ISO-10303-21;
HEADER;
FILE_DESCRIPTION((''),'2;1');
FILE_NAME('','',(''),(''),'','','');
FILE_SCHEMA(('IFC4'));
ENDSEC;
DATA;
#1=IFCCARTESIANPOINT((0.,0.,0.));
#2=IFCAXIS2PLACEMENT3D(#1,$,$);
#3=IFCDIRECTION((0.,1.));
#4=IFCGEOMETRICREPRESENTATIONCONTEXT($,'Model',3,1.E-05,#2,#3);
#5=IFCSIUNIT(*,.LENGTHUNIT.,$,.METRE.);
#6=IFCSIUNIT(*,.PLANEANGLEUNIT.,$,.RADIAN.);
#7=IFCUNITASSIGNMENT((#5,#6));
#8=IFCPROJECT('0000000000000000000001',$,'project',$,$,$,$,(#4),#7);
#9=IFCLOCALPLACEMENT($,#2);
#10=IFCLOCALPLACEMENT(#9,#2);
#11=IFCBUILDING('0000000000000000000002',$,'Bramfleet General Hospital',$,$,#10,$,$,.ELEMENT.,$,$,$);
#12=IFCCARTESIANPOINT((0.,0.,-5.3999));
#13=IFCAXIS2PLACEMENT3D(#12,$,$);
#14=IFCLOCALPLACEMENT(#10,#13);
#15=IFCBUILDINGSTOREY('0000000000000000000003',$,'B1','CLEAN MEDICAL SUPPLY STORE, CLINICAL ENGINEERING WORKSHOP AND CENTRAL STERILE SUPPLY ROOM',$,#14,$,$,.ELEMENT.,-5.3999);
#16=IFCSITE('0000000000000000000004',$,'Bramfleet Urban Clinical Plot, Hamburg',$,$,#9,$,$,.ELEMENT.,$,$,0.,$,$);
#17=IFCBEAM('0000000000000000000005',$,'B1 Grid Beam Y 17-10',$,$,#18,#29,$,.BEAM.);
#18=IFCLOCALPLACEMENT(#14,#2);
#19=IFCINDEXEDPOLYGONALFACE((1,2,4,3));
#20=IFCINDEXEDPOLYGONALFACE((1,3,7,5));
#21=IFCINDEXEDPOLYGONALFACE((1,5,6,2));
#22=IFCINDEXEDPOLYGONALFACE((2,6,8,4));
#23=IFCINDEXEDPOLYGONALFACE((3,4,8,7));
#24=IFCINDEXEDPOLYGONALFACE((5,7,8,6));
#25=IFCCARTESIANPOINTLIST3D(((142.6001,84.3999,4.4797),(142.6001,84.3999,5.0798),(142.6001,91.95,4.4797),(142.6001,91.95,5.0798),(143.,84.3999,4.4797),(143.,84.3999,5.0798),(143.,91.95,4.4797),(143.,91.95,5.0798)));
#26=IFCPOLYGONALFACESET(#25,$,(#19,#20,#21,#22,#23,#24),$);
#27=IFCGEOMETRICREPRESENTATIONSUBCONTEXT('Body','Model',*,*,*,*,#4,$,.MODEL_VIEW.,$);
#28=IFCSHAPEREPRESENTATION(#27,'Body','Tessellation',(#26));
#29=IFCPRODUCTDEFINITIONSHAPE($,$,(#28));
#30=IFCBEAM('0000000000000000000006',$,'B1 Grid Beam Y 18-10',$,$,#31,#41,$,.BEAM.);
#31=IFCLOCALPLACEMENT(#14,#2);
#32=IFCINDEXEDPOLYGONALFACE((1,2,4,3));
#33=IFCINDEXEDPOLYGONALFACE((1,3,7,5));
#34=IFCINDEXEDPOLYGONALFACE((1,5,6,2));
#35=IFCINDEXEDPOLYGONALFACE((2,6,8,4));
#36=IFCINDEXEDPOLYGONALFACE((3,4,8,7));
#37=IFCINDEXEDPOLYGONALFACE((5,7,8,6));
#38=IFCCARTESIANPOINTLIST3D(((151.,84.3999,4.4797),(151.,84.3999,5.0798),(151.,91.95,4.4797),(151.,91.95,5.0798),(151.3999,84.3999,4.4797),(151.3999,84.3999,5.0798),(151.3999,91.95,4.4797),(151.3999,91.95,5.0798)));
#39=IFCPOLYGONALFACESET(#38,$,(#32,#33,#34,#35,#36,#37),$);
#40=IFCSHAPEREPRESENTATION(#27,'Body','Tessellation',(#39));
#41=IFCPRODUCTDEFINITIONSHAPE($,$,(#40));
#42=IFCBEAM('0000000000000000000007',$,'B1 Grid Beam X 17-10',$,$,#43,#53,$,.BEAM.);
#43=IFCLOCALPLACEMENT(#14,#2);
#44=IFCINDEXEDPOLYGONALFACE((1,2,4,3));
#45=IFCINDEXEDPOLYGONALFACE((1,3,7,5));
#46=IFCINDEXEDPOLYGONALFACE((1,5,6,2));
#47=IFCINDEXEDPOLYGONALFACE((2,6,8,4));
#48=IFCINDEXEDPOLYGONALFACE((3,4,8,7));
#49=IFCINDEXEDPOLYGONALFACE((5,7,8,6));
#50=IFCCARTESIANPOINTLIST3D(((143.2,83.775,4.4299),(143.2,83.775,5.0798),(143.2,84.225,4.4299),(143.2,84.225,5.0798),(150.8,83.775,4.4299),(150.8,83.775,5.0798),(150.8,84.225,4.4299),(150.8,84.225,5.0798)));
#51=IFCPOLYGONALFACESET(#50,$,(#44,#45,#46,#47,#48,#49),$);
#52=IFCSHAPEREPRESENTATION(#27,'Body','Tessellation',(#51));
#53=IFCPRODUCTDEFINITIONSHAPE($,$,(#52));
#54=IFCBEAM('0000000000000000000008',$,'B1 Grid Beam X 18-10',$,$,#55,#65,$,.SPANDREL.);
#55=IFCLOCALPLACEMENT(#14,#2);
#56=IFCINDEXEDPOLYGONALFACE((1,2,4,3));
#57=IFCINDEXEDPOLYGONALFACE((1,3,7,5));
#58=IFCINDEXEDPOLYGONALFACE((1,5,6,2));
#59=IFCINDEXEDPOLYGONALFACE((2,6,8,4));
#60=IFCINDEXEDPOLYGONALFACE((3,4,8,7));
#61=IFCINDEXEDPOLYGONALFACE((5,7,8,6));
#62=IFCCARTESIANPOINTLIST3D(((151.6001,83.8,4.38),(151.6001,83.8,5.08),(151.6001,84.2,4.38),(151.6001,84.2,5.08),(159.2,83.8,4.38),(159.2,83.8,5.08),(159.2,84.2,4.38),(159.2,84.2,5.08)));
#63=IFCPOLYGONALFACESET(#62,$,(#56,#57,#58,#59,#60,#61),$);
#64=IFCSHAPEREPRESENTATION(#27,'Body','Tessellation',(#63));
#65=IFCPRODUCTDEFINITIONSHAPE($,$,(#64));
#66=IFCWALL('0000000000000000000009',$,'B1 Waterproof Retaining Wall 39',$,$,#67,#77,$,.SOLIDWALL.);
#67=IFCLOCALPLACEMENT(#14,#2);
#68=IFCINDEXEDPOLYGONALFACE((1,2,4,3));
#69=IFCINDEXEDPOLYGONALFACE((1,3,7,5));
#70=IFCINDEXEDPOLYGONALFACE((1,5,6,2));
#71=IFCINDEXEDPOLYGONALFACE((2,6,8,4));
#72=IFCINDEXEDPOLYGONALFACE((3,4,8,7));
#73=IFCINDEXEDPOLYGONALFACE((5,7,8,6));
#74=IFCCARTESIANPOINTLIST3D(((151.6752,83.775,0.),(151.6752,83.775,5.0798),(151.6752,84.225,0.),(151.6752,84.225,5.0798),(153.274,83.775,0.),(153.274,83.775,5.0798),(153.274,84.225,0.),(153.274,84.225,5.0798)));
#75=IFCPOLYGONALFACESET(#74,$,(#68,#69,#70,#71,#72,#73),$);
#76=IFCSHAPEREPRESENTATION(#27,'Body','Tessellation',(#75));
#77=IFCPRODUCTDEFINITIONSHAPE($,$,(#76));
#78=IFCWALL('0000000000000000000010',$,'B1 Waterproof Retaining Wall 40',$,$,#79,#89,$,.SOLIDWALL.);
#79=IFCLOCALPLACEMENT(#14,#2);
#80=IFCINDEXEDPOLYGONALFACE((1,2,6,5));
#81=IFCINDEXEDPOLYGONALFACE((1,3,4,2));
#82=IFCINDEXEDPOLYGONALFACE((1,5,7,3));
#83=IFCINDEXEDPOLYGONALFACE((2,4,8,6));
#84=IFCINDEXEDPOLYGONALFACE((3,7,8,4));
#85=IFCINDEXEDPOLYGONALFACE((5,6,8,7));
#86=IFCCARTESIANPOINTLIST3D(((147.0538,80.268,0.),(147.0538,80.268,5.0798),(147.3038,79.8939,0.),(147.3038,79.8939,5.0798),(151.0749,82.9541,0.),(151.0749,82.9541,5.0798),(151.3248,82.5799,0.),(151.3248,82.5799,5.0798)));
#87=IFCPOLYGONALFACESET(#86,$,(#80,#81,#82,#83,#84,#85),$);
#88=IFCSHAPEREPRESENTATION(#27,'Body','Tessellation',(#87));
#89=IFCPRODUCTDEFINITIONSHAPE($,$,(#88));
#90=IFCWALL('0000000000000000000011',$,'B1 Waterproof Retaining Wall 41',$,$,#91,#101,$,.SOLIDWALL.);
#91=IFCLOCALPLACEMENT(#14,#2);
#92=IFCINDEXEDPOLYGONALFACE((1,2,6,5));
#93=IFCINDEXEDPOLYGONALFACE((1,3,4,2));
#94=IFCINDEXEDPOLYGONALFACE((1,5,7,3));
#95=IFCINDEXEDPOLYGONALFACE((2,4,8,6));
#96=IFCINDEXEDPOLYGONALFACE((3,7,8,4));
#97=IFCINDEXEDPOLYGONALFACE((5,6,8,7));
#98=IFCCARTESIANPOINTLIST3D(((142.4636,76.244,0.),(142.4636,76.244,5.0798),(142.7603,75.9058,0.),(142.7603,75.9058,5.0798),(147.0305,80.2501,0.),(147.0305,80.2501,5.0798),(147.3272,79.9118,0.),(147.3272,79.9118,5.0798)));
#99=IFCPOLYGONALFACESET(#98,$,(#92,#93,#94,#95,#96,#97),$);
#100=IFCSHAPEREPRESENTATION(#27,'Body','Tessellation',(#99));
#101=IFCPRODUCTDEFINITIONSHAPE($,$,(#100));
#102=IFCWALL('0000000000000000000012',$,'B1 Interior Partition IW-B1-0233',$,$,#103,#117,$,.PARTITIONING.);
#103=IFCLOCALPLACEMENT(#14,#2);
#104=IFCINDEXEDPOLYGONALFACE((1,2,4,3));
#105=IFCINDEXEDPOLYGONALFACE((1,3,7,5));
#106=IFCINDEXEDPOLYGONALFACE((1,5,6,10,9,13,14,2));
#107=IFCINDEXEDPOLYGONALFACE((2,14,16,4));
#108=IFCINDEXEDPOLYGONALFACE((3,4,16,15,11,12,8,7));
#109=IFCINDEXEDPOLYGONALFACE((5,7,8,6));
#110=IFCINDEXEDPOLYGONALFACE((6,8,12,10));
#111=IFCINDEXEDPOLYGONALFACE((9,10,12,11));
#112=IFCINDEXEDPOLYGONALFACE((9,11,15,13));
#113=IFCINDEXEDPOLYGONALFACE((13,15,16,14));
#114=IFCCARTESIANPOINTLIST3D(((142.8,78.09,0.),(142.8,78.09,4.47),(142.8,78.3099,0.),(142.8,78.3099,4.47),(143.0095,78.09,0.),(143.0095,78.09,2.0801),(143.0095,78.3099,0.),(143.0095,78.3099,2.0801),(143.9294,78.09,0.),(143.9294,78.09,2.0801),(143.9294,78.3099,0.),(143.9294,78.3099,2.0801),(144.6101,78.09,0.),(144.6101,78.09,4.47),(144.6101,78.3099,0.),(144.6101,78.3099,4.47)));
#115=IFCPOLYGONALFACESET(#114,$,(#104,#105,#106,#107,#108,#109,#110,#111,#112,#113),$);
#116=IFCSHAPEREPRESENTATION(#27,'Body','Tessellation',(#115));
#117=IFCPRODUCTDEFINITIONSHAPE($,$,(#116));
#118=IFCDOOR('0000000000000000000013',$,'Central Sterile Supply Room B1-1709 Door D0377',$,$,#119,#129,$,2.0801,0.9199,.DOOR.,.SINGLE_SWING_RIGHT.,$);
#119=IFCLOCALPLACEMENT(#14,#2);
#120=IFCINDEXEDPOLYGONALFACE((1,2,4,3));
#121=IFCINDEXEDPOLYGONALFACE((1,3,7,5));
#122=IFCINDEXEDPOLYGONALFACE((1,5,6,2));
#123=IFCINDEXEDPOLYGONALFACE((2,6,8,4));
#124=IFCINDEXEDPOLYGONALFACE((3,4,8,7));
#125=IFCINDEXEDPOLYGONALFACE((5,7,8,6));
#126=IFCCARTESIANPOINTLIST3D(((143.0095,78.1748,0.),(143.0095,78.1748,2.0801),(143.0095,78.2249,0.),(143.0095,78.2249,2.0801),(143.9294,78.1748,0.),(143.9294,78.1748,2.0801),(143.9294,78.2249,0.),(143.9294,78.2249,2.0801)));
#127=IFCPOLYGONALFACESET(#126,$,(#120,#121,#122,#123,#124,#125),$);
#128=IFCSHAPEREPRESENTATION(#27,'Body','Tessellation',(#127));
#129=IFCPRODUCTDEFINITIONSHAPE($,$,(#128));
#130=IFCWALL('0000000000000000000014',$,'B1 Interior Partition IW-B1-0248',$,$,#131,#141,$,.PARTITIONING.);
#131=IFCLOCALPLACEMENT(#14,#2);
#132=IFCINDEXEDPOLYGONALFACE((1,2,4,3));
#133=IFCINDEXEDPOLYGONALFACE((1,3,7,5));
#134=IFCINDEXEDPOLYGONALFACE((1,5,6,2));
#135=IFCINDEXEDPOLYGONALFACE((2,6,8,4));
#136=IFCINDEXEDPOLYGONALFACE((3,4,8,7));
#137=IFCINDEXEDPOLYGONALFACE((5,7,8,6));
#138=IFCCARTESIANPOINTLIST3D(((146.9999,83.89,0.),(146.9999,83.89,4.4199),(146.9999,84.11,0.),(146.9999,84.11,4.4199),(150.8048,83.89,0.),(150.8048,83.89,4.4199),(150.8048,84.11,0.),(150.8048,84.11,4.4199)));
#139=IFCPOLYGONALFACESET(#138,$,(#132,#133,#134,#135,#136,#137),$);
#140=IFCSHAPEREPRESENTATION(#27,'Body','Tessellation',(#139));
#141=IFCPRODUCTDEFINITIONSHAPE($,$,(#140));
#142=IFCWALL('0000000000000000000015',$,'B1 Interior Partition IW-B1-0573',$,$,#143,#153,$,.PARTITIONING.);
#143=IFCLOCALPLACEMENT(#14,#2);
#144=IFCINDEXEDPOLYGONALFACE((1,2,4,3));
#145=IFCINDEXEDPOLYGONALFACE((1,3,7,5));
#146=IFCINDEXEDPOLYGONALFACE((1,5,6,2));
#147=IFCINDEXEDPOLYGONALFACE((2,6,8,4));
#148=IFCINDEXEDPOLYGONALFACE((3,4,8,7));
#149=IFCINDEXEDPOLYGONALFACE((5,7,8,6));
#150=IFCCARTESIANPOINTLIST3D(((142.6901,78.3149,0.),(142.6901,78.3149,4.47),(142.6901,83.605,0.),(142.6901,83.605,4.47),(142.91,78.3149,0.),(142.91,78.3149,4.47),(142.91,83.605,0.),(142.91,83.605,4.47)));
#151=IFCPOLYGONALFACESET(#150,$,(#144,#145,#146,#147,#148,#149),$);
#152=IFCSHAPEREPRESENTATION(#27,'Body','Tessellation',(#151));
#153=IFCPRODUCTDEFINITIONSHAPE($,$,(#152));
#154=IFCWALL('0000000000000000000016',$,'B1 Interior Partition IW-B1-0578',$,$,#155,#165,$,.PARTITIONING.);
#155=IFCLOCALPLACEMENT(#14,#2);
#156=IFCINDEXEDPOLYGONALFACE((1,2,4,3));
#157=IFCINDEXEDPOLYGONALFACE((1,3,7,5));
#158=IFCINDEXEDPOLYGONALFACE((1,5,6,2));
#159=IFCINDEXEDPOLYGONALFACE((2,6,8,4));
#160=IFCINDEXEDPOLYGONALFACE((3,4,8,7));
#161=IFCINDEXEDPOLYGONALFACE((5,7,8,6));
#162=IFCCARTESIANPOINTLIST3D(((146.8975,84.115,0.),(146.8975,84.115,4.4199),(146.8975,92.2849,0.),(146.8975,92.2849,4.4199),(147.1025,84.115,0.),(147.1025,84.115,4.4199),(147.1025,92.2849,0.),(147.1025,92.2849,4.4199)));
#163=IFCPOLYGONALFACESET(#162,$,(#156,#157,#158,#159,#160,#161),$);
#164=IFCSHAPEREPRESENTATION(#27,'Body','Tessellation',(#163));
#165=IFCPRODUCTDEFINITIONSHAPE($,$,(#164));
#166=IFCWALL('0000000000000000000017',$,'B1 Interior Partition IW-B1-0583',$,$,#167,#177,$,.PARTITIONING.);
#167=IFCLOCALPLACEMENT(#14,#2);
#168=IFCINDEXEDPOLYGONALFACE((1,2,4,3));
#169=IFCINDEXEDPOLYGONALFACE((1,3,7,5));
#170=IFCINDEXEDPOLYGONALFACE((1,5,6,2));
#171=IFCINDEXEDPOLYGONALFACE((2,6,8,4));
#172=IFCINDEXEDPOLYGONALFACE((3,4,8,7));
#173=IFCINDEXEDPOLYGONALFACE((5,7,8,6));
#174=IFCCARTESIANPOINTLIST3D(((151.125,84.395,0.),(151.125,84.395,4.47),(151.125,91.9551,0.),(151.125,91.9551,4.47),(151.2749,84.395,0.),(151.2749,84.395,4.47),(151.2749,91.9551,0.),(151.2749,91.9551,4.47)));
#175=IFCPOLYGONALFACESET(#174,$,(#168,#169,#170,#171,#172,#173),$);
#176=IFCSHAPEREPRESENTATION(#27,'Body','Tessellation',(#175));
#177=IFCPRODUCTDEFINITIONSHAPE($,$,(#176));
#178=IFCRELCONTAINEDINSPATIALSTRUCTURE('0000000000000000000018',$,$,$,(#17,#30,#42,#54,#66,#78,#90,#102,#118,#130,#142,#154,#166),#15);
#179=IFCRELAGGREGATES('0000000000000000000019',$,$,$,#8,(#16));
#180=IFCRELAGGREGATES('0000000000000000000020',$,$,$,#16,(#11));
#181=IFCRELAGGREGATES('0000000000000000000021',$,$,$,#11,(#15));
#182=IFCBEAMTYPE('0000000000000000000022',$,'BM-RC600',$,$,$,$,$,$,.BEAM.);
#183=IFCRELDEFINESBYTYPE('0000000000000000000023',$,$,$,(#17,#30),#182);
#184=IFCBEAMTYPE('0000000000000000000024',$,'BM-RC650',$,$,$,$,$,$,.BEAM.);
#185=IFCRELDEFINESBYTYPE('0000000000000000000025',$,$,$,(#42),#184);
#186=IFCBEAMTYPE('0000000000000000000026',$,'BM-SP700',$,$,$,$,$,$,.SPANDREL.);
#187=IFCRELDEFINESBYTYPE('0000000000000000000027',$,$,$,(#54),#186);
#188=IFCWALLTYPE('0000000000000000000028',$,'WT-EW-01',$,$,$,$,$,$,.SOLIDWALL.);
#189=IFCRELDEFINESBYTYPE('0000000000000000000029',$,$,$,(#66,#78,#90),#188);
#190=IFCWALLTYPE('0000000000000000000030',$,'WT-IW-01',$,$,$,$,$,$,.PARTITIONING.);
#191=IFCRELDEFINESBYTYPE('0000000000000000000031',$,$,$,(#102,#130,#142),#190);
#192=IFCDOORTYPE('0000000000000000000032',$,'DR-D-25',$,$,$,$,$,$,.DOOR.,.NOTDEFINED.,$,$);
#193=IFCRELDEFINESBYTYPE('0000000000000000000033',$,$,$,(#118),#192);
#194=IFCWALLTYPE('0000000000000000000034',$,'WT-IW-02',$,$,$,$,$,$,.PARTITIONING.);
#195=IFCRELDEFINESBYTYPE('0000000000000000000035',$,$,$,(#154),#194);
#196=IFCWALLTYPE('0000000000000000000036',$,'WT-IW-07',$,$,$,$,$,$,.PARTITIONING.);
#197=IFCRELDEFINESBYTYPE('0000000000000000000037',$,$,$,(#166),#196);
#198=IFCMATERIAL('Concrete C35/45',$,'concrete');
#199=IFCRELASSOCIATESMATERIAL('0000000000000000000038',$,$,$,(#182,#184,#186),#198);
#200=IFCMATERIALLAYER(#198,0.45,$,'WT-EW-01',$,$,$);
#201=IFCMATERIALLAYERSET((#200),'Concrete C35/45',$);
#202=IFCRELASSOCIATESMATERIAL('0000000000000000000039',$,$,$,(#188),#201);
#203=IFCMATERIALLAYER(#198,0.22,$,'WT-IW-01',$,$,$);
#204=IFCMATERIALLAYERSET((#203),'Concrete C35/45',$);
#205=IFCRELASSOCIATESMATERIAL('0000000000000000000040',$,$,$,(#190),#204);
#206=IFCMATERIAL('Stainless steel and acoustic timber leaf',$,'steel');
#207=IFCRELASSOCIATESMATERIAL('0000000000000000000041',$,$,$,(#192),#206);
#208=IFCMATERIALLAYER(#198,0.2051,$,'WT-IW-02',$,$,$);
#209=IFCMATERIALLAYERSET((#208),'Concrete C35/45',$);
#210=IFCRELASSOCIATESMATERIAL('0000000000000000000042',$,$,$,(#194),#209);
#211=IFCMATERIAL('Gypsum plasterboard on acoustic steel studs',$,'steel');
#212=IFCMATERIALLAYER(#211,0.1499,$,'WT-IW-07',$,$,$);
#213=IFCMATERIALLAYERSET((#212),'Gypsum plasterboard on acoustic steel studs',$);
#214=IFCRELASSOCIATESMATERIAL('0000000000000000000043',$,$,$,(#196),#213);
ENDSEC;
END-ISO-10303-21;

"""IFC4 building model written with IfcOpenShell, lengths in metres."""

from ifc_helpers import new_model, si_unit, direction, frame, frame_2d, origin, origin_2d, place, context, subcontext, project, spatial, rectangle, extrude, material, layer, layer_set, material_profile, profile_set, type_object, element, fill, save


model = new_model("IFC4")

# Units and contexts
model_context = context("Model", 3, precision=1e-05, world=origin(), true_north=direction((0.0, 1.0)))
body_context = subcontext(model_context, "Body", "Model", "MODEL_VIEW")
ifc_project = project(units=[si_unit("LENGTHUNIT", "METRE"), si_unit("PLANEANGLEUNIT", "RADIAN")], contexts=[model_context])

# Site, building, storey
site_placement = place(None, origin())
site = spatial("IfcSite", under=ifc_project, at=site_placement, Name="Bramfleet Urban Clinical Plot, Hamburg", CompositionType="ELEMENT", RefElevation=0.0)
building_placement = place(site_placement, origin())
building = spatial("IfcBuilding", under=site, at=building_placement, Name="Bramfleet General Hospital", CompositionType="ELEMENT")
storey_placement = place(building_placement, frame((0.0, 0.0, -5.3999)))
storey = spatial("IfcBuildingStorey", under=building, at=storey_placement, Name="B1", Description="CLEAN MEDICAL SUPPLY STORE, CLINICAL ENGINEERING WORKSHOP AND CENTRAL STERILE SUPPLY ROOM", CompositionType="ELEMENT", Elevation=-5.3999)

# Shared definitions
ifc_material_1 = material(Name="Concrete C35/45", Category="concrete")

# Beams
ifc_material_profile_1 = material_profile(ifc_material_1, rectangle(XDim=0.3999, YDim=0.6001, at=origin_2d()), Name="RC BM 600x400")
ifc_profile_set_1 = profile_set([ifc_material_profile_1], Name="Concrete C35/45")
beam_type_1 = type_object("IfcBeamType", Name="BM-RC600", PredefinedType="BEAM", material=ifc_profile_set_1)
for number, where, z_axis, x_axis, name in (
    (1, (142.8, 84.3999, 4.7798), (0.0, 1.0, 0.0), (-1.0, 0.0, 0.0), "B1 Grid Beam Y 17-10"),
    (2, (151.2, 84.3999, 4.7798), (0.0, 1.0, 0.0), (-1.0, 0.0, 0.0), "B1 Grid Beam Y 18-10"),
):
    element("IfcBeam", number, at=place(storey_placement, frame(where, z_axis=z_axis, x_axis=x_axis)), inside=storey, type_object=beam_type_1, Name=name, PredefinedType="BEAM", context=body_context, shape_type="SweptSolid", body=[
        extrude(rectangle(XDim=0.3999, YDim=0.6001, at=origin_2d()), origin(), (0.0, 0.0, 1.0), 7.55),
    ])
ifc_material_profile_2 = material_profile(ifc_material_1, rectangle(XDim=0.45, YDim=0.6499, at=origin_2d()), Name="RC BM 650x450")
ifc_profile_set_2 = profile_set([ifc_material_profile_2], Name="Concrete C35/45")
beam_type_2 = type_object("IfcBeamType", Name="BM-RC650", PredefinedType="BEAM", material=ifc_profile_set_2)
beam_1_placement = place(storey_placement, frame((143.2, 84.0, 4.7549), z_axis=(1.0, 0.0, 0.0), x_axis=(0.0, 1.0, 0.0)))
element("IfcBeam", 3, at=beam_1_placement, inside=storey, type_object=beam_type_2, Name="B1 Grid Beam X 17-10", PredefinedType="BEAM", context=body_context, shape_type="SweptSolid", body=[
    extrude(rectangle(XDim=0.45, YDim=0.6499, at=origin_2d()), origin(), (0.0, 0.0, 1.0), 7.6001),
])
ifc_material_profile_3 = material_profile(ifc_material_1, rectangle(XDim=0.3999, YDim=0.7, at=origin_2d()), Name="RC SP 700x400")
ifc_profile_set_3 = profile_set([ifc_material_profile_3], Name="Concrete C35/45")
beam_type_3 = type_object("IfcBeamType", Name="BM-SP700", PredefinedType="SPANDREL", material=ifc_profile_set_3)
beam_2_placement = place(storey_placement, frame((151.6001, 84.0, 4.73), z_axis=(1.0, 0.0, 0.0), x_axis=(0.0, 1.0, 0.0)))
element("IfcBeam", 4, at=beam_2_placement, inside=storey, type_object=beam_type_3, Name="B1 Grid Beam X 18-10", PredefinedType="SPANDREL", context=body_context, shape_type="SweptSolid", body=[
    extrude(rectangle(XDim=0.3999, YDim=0.7, at=origin_2d()), origin(), (0.0, 0.0, 1.0), 7.5999),
])

# Walls
ifc_layer_1 = layer(ifc_material_1, 0.45, Name="WT-EW-01")
ifc_layer_set_1 = layer_set([ifc_layer_1], Name="Concrete C35/45")
wall_type_1 = type_object("IfcWallType", Name="WT-EW-01", PredefinedType="SOLIDWALL", material=ifc_layer_set_1)
wall_1_placement = place(storey_placement, frame((153.2739, 84.0, 0.0), z_axis=(0.0, 0.0, 1.0), x_axis=(-1.0, 0.0, 0.0)))
element("IfcWall", 5, at=wall_1_placement, inside=storey, type_object=wall_type_1, Name="B1 Waterproof Retaining Wall 39", PredefinedType="SOLIDWALL", context=body_context, shape_type="SweptSolid", body=[
    extrude(rectangle(XDim=1.5989, YDim=0.45, at=frame_2d((0.7993, 0.0))), origin(), (0.0, 0.0, 1.0), 5.0798),
])
wall_2_placement = place(storey_placement, frame((151.2, 82.7671, 0.0), z_axis=(0.0, 0.0, 1.0), x_axis=(-0.831537, -0.555469, 0.0)))
element("IfcWall", 6, at=wall_2_placement, inside=storey, type_object=wall_type_1, Name="B1 Waterproof Retaining Wall 40", PredefinedType="SOLIDWALL", context=body_context, shape_type="SweptSolid", body=[
    extrude(rectangle(XDim=4.8357, YDim=0.45, at=frame_2d((2.418, 0.0))), origin(), (0.0, 0.0, 1.0), 5.0798),
])
wall_3_placement = place(storey_placement, frame((147.179, 80.0811, 0.0), z_axis=(0.0, 0.0, 1.0), x_axis=(-0.751755, -0.659443, 0.0)))
element("IfcWall", 7, at=wall_3_placement, inside=storey, type_object=wall_type_1, Name="B1 Waterproof Retaining Wall 41", PredefinedType="SOLIDWALL", context=body_context, shape_type="SweptSolid", body=[
    extrude(rectangle(XDim=6.075, YDim=0.45, at=frame_2d((3.0376, 0.0))), origin(), (0.0, 0.0, 1.0), 5.0798),
])

# Wall, opening, door
ifc_layer_2 = layer(ifc_material_1, 0.22, Name="WT-IW-01")
ifc_layer_set_2 = layer_set([ifc_layer_2], Name="Concrete C35/45")
wall_type_2 = type_object("IfcWallType", Name="WT-IW-01", PredefinedType="PARTITIONING", material=ifc_layer_set_2)
wall_4_placement = place(storey_placement, frame((142.8, 78.2, 0.0), z_axis=(0.0, 0.0, 1.0), x_axis=(1.0, 0.0, 0.0)))
wall_4 = element("IfcWall", 8, at=wall_4_placement, inside=storey, type_object=wall_type_2, Name="B1 Interior Partition IW-B1-0233", PredefinedType="PARTITIONING", context=body_context, shape_type="SweptSolid", body=[
    extrude(rectangle(XDim=1.8101, YDim=0.22, at=frame_2d((0.905, 0.0))), origin(), (0.0, 0.0, 1.0), 4.47),
])
opening_placement = place(wall_4_placement, frame((0.2095, 0.0, 0.0)))
opening = element("IfcOpeningElement", 9, at=opening_placement, cuts=wall_4, PredefinedType="OPENING", context=body_context, shape_type="SweptSolid", body=[
    extrude(rectangle(XDim=0.9199, YDim=2.0801, at=frame_2d((0.46, 1.04))), frame((0.0, 0.1199, 0.0), z_axis=(0.0, -1.0, 0.0), x_axis=(1.0, 0.0, 0.0)), (0.0, 0.0, 1.0), 0.24),
])
ifc_material_2 = material(Name="Stainless steel and acoustic timber leaf", Category="steel")
door_type = type_object("IfcDoorType", Name="DR-D-25", OperationType="NOTDEFINED", PredefinedType="DOOR", material=ifc_material_2)
door_placement = place(opening_placement, origin())
door = element("IfcDoor", 10, at=door_placement, inside=storey, type_object=door_type, Name="Central Sterile Supply Room B1-1709 Door D0377", OperationType="SINGLE_SWING_RIGHT", OverallHeight=2.0801, OverallWidth=0.9199, PredefinedType="DOOR", context=body_context, shape_type="SweptSolid", body=[
    extrude(rectangle(XDim=0.9199, YDim=2.0801, at=frame_2d((0.46, 1.04))), frame((0.0, 0.0249, 0.0), z_axis=(0.0, -1.0, 0.0), x_axis=(1.0, 0.0, 0.0)), (0.0, 0.0, 1.0), 0.05),
])
fill(opening, door)

# Walls
for number, where, z_axis, x_axis, name in (
    (11, (147.0, 84.0, 0.0), (0.0, 0.0, 1.0), (1.0, 0.0, 0.0), "B1 Interior Partition IW-B1-0248"),
):
    element("IfcWall", number, at=place(storey_placement, frame(where, z_axis=z_axis, x_axis=x_axis)), inside=storey, type_object=wall_type_2, Name=name, PredefinedType="PARTITIONING", context=body_context, shape_type="SweptSolid", body=[
        extrude(rectangle(XDim=3.8049, YDim=0.22, at=frame_2d((1.9023, 0.0))), origin(), (0.0, 0.0, 1.0), 4.4199),
    ])
wall_5_placement = place(storey_placement, frame((142.8, 78.3149, 0.0), z_axis=(0.0, 0.0, 1.0), x_axis=(0.0, 1.0, 0.0)))
element("IfcWall", 12, at=wall_5_placement, inside=storey, type_object=wall_type_2, Name="B1 Interior Partition IW-B1-0573", PredefinedType="PARTITIONING", context=body_context, shape_type="SweptSolid", body=[
    extrude(rectangle(XDim=5.29, YDim=0.22, at=frame_2d((2.645, 0.0))), origin(), (0.0, 0.0, 1.0), 4.47),
])
ifc_layer_3 = layer(ifc_material_1, 0.2051, Name="WT-IW-02")
ifc_layer_set_3 = layer_set([ifc_layer_3], Name="Concrete C35/45")
wall_type_3 = type_object("IfcWallType", Name="WT-IW-02", PredefinedType="PARTITIONING", material=ifc_layer_set_3)
wall_6_placement = place(storey_placement, frame((147.0, 84.115, 0.0), z_axis=(0.0, 0.0, 1.0), x_axis=(0.0, 1.0, 0.0)))
element("IfcWall", 13, at=wall_6_placement, inside=storey, type_object=wall_type_3, Name="B1 Interior Partition IW-B1-0578", PredefinedType="PARTITIONING", context=body_context, shape_type="SweptSolid", body=[
    extrude(rectangle(XDim=8.1699, YDim=0.2051, at=frame_2d((4.085, 0.0))), origin(), (0.0, 0.0, 1.0), 4.4199),
])
ifc_material_3 = material(Name="Gypsum plasterboard on acoustic steel studs", Category="steel")
ifc_layer_4 = layer(ifc_material_3, 0.1499, Name="WT-IW-07")
ifc_layer_set_4 = layer_set([ifc_layer_4], Name="Gypsum plasterboard on acoustic steel studs")
wall_type_4 = type_object("IfcWallType", Name="WT-IW-07", PredefinedType="PARTITIONING", material=ifc_layer_set_4)
wall_7_placement = place(storey_placement, frame((151.2, 84.395, 0.0), z_axis=(0.0, 0.0, 1.0), x_axis=(0.0, 1.0, 0.0)))
element("IfcWall", 14, at=wall_7_placement, inside=storey, type_object=wall_type_4, Name="B1 Interior Partition IW-B1-0583", PredefinedType="PARTITIONING", context=body_context, shape_type="SweptSolid", body=[
    extrude(rectangle(XDim=7.5601, YDim=0.1499, at=frame_2d((3.78, 0.0))), origin(), (0.0, 0.0, 1.0), 4.47),
])

save(model, "model.ifc")
